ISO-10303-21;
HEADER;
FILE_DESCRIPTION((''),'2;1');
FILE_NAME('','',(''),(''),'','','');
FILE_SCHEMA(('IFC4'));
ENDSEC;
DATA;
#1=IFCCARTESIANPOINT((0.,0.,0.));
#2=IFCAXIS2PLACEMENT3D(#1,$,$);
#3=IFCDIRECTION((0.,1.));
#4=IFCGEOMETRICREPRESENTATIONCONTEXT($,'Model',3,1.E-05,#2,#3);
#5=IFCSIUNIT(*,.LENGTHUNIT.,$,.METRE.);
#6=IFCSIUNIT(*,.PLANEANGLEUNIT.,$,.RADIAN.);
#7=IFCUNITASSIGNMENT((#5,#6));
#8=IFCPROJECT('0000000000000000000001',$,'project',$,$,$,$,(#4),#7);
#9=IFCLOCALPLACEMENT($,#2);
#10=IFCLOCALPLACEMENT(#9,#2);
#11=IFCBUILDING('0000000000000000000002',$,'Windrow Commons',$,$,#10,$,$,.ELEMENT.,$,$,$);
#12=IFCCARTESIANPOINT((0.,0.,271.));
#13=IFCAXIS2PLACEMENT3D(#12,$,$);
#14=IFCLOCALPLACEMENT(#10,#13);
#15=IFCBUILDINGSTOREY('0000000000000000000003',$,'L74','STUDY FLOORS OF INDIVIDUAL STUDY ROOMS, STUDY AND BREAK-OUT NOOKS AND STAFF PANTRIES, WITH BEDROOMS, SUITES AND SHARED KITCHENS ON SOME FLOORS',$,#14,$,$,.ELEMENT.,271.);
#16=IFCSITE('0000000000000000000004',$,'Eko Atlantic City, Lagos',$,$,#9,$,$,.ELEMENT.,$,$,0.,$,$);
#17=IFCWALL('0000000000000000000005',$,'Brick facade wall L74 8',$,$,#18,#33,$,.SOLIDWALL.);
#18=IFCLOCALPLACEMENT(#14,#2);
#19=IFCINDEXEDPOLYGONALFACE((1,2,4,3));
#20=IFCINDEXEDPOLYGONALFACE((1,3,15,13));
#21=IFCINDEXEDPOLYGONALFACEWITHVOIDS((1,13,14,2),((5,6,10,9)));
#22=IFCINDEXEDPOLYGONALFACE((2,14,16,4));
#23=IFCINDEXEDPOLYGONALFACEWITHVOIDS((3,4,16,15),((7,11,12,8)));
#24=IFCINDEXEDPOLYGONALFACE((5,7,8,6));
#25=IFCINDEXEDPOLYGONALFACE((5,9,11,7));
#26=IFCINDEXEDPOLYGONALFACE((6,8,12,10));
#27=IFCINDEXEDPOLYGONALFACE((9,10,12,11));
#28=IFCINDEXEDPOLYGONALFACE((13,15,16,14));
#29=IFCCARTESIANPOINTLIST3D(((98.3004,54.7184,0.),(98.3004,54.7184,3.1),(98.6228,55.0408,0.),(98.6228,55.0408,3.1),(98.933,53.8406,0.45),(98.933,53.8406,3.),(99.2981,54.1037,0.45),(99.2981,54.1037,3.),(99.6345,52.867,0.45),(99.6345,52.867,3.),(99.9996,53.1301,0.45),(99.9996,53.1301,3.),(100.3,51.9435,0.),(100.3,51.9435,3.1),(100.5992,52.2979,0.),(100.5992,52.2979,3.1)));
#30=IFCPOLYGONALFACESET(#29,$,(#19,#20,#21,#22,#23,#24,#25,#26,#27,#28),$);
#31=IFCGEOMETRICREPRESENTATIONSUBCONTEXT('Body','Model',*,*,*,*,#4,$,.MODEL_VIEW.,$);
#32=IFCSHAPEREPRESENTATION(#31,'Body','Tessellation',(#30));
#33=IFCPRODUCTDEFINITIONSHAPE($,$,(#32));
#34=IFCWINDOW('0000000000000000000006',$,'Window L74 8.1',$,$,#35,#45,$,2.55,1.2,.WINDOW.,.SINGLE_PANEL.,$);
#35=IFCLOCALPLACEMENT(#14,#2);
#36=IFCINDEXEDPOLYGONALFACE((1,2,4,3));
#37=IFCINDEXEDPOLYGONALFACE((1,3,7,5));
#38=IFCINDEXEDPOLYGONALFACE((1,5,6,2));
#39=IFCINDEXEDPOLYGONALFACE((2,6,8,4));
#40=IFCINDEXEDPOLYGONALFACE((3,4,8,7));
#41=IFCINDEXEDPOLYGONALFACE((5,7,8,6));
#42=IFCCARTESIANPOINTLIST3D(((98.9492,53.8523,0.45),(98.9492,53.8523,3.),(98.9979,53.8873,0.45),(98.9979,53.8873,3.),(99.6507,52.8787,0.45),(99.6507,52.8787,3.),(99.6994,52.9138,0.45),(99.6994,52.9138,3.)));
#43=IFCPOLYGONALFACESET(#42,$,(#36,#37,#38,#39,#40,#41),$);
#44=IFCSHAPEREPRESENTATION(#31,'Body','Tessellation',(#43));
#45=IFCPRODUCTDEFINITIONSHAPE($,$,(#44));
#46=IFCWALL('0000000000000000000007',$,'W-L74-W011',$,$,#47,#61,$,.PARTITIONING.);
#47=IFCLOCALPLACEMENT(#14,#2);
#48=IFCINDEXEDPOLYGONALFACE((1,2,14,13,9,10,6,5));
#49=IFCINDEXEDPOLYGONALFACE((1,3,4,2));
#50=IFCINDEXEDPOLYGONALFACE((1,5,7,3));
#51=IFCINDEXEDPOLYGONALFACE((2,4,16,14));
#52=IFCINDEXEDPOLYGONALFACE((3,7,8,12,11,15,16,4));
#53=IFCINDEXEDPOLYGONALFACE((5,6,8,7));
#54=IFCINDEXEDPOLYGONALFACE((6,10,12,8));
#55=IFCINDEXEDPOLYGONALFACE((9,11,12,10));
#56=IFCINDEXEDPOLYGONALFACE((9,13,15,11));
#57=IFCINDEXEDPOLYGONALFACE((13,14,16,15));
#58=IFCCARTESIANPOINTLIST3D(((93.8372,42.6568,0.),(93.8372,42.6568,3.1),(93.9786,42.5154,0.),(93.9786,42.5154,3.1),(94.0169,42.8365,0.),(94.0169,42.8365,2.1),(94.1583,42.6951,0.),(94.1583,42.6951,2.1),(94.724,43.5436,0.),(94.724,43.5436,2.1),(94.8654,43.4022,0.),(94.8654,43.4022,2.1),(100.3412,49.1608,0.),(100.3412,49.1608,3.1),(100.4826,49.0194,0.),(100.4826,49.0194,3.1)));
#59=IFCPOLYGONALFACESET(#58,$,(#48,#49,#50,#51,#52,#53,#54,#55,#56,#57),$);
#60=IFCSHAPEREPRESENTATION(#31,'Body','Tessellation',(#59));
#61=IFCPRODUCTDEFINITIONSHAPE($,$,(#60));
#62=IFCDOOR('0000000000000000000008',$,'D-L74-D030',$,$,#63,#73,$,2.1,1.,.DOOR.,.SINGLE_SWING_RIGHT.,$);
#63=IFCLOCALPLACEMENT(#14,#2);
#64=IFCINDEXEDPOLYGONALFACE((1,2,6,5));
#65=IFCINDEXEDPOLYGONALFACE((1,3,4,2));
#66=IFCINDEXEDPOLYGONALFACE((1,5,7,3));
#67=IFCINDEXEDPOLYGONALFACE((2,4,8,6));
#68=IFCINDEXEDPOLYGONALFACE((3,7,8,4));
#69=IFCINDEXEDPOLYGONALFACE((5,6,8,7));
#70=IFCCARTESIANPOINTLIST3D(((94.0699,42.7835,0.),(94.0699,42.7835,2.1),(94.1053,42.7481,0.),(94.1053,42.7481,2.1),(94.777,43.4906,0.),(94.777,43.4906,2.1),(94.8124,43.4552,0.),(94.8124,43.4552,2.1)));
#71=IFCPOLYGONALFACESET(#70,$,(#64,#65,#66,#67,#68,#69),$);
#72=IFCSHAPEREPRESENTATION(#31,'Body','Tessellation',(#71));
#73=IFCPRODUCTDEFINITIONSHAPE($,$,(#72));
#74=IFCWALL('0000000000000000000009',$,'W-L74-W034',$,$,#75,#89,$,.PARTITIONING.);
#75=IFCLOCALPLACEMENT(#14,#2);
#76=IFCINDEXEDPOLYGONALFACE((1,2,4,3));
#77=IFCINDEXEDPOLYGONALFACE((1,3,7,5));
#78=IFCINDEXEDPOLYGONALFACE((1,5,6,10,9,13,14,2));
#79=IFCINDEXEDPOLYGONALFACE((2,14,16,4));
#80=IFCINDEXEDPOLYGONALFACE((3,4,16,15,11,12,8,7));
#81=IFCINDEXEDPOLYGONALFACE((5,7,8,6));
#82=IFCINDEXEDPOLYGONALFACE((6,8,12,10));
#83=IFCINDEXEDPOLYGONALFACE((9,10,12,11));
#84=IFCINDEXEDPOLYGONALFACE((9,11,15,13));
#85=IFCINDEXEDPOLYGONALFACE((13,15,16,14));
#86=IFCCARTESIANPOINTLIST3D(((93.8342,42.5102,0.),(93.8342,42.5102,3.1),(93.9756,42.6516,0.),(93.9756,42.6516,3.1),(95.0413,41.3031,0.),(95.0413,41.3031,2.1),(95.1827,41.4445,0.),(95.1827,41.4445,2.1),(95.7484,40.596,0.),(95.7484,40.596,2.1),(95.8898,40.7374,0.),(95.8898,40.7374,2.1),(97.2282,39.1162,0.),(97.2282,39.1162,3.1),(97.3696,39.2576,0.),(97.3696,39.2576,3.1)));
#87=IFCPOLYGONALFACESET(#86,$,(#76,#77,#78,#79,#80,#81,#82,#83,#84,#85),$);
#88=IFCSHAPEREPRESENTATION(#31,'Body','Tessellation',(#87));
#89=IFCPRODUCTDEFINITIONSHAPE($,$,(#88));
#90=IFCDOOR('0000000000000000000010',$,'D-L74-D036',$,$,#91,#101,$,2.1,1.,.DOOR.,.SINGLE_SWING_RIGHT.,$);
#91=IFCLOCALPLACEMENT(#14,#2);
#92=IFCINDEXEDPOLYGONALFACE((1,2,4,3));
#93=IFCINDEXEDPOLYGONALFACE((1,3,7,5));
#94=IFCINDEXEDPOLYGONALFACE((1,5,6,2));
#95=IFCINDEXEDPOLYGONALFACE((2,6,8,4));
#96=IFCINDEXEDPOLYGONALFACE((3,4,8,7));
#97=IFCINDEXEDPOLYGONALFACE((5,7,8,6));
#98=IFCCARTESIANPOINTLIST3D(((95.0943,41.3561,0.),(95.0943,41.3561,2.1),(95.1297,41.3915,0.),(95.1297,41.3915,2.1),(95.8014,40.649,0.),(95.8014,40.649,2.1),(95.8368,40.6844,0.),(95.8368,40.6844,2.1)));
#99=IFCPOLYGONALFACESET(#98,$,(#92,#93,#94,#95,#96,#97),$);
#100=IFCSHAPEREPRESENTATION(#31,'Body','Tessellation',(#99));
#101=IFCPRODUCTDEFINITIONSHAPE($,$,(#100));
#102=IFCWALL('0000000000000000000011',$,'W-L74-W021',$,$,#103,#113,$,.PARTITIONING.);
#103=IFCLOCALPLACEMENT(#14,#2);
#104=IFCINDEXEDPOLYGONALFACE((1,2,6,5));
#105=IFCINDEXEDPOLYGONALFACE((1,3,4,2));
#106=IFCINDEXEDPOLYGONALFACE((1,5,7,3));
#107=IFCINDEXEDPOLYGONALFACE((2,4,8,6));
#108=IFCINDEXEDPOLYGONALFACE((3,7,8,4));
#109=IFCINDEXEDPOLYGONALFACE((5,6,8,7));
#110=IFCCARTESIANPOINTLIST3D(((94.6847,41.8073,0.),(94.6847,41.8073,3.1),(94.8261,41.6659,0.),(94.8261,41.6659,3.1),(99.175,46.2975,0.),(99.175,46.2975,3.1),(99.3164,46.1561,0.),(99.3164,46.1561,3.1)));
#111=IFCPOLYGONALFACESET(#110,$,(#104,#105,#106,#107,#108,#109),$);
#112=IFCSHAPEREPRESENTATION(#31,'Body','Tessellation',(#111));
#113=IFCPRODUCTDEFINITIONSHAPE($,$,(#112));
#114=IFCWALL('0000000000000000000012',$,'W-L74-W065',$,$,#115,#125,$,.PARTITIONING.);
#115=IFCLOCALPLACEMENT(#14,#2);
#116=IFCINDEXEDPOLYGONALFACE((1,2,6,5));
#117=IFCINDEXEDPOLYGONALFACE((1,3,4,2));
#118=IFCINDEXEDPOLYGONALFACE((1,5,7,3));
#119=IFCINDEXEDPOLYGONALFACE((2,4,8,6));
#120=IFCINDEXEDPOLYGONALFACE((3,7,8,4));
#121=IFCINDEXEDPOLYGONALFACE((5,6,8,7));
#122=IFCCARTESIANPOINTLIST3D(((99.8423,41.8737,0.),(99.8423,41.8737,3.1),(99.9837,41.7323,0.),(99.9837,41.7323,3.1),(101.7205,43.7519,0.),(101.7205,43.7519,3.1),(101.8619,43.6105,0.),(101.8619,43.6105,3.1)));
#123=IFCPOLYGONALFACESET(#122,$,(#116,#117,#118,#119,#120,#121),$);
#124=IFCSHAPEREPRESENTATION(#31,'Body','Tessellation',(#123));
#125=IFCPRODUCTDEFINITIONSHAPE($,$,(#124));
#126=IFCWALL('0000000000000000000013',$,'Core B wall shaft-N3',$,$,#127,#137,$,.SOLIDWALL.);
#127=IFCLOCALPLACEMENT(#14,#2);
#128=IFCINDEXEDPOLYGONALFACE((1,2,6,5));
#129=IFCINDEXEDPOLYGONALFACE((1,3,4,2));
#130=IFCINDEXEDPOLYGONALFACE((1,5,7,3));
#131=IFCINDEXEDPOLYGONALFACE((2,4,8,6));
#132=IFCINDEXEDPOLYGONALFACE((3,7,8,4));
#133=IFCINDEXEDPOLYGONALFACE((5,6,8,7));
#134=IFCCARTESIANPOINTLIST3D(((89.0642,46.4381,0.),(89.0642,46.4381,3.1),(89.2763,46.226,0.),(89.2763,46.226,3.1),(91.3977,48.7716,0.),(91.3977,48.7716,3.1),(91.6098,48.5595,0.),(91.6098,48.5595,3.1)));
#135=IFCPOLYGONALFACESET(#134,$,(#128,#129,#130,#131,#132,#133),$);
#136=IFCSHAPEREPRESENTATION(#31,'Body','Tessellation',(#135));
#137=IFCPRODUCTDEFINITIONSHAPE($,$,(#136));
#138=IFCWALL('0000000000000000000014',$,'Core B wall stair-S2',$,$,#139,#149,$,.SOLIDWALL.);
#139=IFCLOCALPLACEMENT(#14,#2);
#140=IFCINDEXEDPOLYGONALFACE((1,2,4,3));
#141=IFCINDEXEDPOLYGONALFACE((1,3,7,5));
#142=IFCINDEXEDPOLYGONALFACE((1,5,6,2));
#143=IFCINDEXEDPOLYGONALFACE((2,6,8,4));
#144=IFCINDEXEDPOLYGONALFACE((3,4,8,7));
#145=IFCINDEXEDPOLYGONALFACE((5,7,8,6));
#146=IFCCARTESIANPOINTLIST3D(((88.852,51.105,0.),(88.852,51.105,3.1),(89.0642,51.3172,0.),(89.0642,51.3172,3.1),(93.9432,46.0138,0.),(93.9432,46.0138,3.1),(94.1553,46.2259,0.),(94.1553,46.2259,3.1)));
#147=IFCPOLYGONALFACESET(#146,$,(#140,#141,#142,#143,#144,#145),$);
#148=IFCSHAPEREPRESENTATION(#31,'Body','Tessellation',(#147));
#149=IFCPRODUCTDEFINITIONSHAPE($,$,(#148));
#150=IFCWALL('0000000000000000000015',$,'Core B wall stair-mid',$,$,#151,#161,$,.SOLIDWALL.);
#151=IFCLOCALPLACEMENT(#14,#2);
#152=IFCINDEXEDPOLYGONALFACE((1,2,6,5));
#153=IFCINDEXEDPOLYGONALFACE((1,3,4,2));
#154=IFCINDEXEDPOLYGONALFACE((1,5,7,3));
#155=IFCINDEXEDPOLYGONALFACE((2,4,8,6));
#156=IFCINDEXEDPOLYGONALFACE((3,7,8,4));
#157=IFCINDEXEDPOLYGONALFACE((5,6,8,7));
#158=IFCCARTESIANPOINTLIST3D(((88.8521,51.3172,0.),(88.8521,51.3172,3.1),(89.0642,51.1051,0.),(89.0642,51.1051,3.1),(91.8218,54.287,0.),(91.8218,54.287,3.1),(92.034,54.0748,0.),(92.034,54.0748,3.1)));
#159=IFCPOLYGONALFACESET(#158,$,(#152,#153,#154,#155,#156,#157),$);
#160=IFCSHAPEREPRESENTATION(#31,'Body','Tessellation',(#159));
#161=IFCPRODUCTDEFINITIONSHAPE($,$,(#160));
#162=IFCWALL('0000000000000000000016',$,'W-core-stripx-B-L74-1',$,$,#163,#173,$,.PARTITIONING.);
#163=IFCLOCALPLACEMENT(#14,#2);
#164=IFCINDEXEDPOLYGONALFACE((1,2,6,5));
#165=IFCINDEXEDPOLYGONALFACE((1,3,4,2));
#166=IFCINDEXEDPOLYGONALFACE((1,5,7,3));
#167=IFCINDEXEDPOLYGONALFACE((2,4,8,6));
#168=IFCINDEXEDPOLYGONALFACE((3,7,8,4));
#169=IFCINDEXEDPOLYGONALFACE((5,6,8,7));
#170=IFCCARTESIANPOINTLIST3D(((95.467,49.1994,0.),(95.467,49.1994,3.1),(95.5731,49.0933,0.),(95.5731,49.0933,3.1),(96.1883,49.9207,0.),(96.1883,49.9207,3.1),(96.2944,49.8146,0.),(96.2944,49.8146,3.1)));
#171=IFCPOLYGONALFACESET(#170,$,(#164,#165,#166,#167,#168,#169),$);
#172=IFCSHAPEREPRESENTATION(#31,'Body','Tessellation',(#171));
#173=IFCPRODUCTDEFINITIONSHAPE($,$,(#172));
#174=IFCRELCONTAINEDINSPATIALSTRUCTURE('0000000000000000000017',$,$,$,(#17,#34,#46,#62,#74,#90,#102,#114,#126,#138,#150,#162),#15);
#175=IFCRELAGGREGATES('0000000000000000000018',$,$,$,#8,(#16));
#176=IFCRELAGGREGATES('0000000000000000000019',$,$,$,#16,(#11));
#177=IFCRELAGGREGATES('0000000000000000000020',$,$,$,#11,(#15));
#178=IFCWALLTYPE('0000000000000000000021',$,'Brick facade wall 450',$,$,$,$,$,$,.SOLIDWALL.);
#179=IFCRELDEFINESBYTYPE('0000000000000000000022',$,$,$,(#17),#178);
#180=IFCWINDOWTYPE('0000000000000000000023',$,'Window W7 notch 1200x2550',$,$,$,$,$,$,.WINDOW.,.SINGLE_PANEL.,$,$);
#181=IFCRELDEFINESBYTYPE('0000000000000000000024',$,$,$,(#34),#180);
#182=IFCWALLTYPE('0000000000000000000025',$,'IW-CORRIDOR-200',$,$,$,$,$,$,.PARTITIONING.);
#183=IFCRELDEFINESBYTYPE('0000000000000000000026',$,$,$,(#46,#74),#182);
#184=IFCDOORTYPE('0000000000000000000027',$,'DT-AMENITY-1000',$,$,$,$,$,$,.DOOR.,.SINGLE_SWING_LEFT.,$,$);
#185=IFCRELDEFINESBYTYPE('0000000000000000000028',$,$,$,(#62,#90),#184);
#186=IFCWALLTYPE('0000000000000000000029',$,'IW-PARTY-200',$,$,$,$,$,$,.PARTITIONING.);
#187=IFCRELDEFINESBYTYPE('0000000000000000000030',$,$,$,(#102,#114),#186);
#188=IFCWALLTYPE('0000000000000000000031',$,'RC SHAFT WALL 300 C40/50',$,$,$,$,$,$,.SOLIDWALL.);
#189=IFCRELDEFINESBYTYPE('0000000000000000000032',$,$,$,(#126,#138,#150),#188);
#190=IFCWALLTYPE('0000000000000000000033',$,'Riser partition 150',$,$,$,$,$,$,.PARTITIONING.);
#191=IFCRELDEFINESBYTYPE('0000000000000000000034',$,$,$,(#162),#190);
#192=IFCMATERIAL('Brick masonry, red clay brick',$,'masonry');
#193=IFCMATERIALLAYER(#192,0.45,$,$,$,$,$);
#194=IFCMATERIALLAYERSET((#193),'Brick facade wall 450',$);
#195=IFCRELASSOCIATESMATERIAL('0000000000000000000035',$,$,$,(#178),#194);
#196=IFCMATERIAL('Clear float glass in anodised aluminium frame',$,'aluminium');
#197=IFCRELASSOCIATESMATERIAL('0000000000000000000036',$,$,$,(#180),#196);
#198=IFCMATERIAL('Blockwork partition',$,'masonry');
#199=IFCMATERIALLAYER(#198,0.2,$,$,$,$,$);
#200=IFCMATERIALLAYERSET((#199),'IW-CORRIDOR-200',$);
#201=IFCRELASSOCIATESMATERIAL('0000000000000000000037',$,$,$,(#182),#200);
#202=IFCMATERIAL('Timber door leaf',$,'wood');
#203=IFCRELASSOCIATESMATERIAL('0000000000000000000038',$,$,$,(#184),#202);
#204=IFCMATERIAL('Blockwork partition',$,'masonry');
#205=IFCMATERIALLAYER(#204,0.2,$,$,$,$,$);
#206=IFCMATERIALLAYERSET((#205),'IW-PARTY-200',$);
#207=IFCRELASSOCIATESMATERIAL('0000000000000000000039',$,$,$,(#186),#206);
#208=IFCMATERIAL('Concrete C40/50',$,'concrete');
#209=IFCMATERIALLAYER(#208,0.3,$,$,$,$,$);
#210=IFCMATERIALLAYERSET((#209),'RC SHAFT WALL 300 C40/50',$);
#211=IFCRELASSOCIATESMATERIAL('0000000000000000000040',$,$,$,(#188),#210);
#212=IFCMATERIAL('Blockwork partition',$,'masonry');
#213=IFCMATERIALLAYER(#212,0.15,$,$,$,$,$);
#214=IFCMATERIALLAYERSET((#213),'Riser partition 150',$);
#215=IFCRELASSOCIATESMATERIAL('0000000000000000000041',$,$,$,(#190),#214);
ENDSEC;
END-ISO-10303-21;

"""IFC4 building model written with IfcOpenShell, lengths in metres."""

from ifc_helpers import new_model, si_unit, direction, frame, frame_2d, origin, place, context, subcontext, project, spatial, polyline, rectangle, outline, extrude, material, layer, layer_set, type_object, element, fill, save


model = new_model("IFC4")

# Units and contexts
model_context = context("Model", 3, precision=1e-05, world=origin(), true_north=direction((0.0, 1.0)))
body_context = subcontext(model_context, "Body", "Model", "MODEL_VIEW")
ifc_project = project(units=[si_unit("LENGTHUNIT", "METRE"), si_unit("PLANEANGLEUNIT", "RADIAN")], contexts=[model_context])

# Site, building, storey
site_placement = place(None, origin())
site = spatial("IfcSite", under=ifc_project, at=site_placement, Name="Eko Atlantic City, Lagos", CompositionType="ELEMENT", RefElevation=0.0)
building_placement = place(site_placement, origin())
building = spatial("IfcBuilding", under=site, at=building_placement, Name="Windrow Commons", CompositionType="ELEMENT")
storey_placement = place(building_placement, frame((0.0, 0.0, 271.0)))
storey = spatial("IfcBuildingStorey", under=building, at=storey_placement, Name="L74", Description="STUDY FLOORS OF INDIVIDUAL STUDY ROOMS, STUDY AND BREAK-OUT NOOKS AND STAFF PANTRIES, WITH BEDROOMS, SUITES AND SHARED KITCHENS ON SOME FLOORS", CompositionType="ELEMENT", Elevation=271.0)

# Shared definitions
ifc_material_1 = material(Name="Brick masonry, red clay brick", Category="masonry")
ifc_layer_1 = layer(ifc_material_1, 0.45)
ifc_layer_set_1 = layer_set([ifc_layer_1], Name="Brick facade wall 450")
wall_type_1 = type_object("IfcWallType", Name="Brick facade wall 450", PredefinedType="SOLIDWALL", material=ifc_layer_set_1)

# Wall, opening, window
ifc_material_2 = material(Name="Clear float glass in anodised aluminium frame", Category="aluminium")
window_type_1 = type_object("IfcWindowType", Name="Window W7 notch 1200x2550", PartitioningType="SINGLE_PANEL", PredefinedType="WINDOW", material=ifc_material_2)
wall_1_placement = place(storey_placement, frame((100.4496, 52.1207, 0.0), z_axis=(0.0, 0.0, 1.0), x_axis=(-0.584613, 0.811312, 0.0)))
wall_1 = element("IfcWall", 1, at=wall_1_placement, inside=storey, type_object=wall_type_1, Name="Brick facade wall L74 8", PredefinedType="SOLIDWALL", context=body_context, shape_type="SweptSolid", body=[
    extrude(outline(polyline([(0.0563, -0.225), (3.4371, -0.225), (3.364, 0.225), (-0.0563, 0.225), (0.0563, -0.225)])), origin(), (0.0, 0.0, 1.0), 3.1),
])
opening_1_placement = place(wall_1_placement, frame((1.082, 0.0, 0.45)))
opening_1 = element("IfcOpeningElement", 2, at=opening_1_placement, cuts=wall_1, PredefinedType="OPENING", context=body_context, shape_type="SweptSolid", body=[
    extrude(rectangle(XDim=1.2, YDim=2.55, at=frame_2d((0.6, 1.275))), frame((0.0, 0.235, 0.0), z_axis=(0.0, -1.0, 0.0), x_axis=(1.0, 0.0, 0.0)), (0.0, 0.0, 1.0), 0.47),
])
window_1_placement = place(opening_1_placement, origin())
window_1 = element("IfcWindow", 3, at=window_1_placement, inside=storey, type_object=window_type_1, Name="Window L74 8.1", OverallHeight=2.55, OverallWidth=1.2, PartitioningType="SINGLE_PANEL", PredefinedType="WINDOW", context=body_context, shape_type="SweptSolid", body=[
    extrude(rectangle(XDim=1.2, YDim=2.55, at=frame_2d((0.6, 1.275))), frame((0.0, 0.205, 0.0), z_axis=(0.0, -1.0, 0.0), x_axis=(1.0, 0.0, 0.0)), (0.0, 0.0, 1.0), 0.06),
])
fill(opening_1, window_1)

# Walls, openings, doors
ifc_material_3 = material(Name="Blockwork partition", Category="masonry")
ifc_layer_2 = layer(ifc_material_3, 0.2)
ifc_layer_set_2 = layer_set([ifc_layer_2], Name="IW-CORRIDOR-200")
wall_type_2 = type_object("IfcWallType", Name="IW-CORRIDOR-200", PredefinedType="PARTITIONING", material=ifc_layer_set_2)
wall_2_placement = place(storey_placement, frame((93.9079, 42.5861, 0.0), z_axis=(0.0, 0.0, 1.0), x_axis=(0.707107, 0.707107, 0.0)))
wall_2 = element("IfcWall", 4, at=wall_2_placement, inside=storey, type_object=wall_type_2, Name="W-L74-W011", PredefinedType="PARTITIONING", context=body_context, shape_type="SweptSolid", body=[
    extrude(rectangle(XDim=9.198, YDim=0.2, at=frame_2d((4.599, 0.0))), origin(), (0.0, 0.0, 1.0), 3.1),
])
opening_2_placement = place(wall_2_placement, frame((0.2541, 0.0, 0.0)))
opening_2 = element("IfcOpeningElement", 5, at=opening_2_placement, cuts=wall_2, PredefinedType="OPENING", context=body_context, shape_type="SweptSolid", body=[
    extrude(rectangle(XDim=1.0, YDim=2.1, at=frame_2d((0.5, 1.05))), frame((0.0, 0.11, 0.0), z_axis=(0.0, -1.0, 0.0), x_axis=(1.0, 0.0, 0.0)), (0.0, 0.0, 1.0), 0.22),
])
ifc_material_4 = material(Name="Timber door leaf", Category="wood")
door_type = type_object("IfcDoorType", Name="DT-AMENITY-1000", OperationType="SINGLE_SWING_LEFT", PredefinedType="DOOR", material=ifc_material_4)
door_1_placement = place(opening_2_placement, origin())
door_1 = element("IfcDoor", 6, at=door_1_placement, inside=storey, type_object=door_type, Name="D-L74-D030", OperationType="SINGLE_SWING_RIGHT", OverallHeight=2.1, OverallWidth=1.0, PredefinedType="DOOR", context=body_context, shape_type="SweptSolid", body=[
    extrude(rectangle(XDim=1.0, YDim=2.1, at=frame_2d((0.5, 1.05))), frame((0.0, 0.025, 0.0), z_axis=(0.0, -1.0, 0.0), x_axis=(1.0, 0.0, 0.0)), (0.0, 0.0, 1.0), 0.05),
])
fill(opening_2, door_1)
wall_3_placement = place(storey_placement, frame((93.9049, 42.5809, 0.0), z_axis=(0.0, 0.0, 1.0), x_axis=(0.707107, -0.707107, 0.0)))
wall_3 = element("IfcWall", 7, at=wall_3_placement, inside=storey, type_object=wall_type_2, Name="W-L74-W034", PredefinedType="PARTITIONING", context=body_context, shape_type="SweptSolid", body=[
    extrude(rectangle(XDim=4.7998, YDim=0.2, at=frame_2d((2.3999, 0.0))), origin(), (0.0, 0.0, 1.0), 3.1),
])
opening_3_placement = place(wall_3_placement, frame((1.7071, 0.0, 0.0)))
opening_3 = element("IfcOpeningElement", 8, at=opening_3_placement, cuts=wall_3, PredefinedType="OPENING", context=body_context, shape_type="SweptSolid", body=[
    extrude(rectangle(XDim=1.0, YDim=2.1, at=frame_2d((0.5, 1.05))), frame((0.0, 0.11, 0.0), z_axis=(0.0, -1.0, 0.0), x_axis=(1.0, 0.0, 0.0)), (0.0, 0.0, 1.0), 0.22),
])
door_2_placement = place(opening_3_placement, origin())
door_2 = element("IfcDoor", 9, at=door_2_placement, inside=storey, type_object=door_type, Name="D-L74-D036", OperationType="SINGLE_SWING_RIGHT", OverallHeight=2.1, OverallWidth=1.0, PredefinedType="DOOR", context=body_context, shape_type="SweptSolid", body=[
    extrude(rectangle(XDim=1.0, YDim=2.1, at=frame_2d((0.5, 1.05))), frame((0.0, 0.025, 0.0), z_axis=(0.0, -1.0, 0.0), x_axis=(1.0, 0.0, 0.0)), (0.0, 0.0, 1.0), 0.05),
])
fill(opening_3, door_2)

# Walls
ifc_material_5 = material(Name="Blockwork partition", Category="masonry")
ifc_layer_3 = layer(ifc_material_5, 0.2)
ifc_layer_set_3 = layer_set([ifc_layer_3], Name="IW-PARTY-200")
wall_type_3 = type_object("IfcWallType", Name="IW-PARTY-200", PredefinedType="PARTITIONING", material=ifc_layer_set_3)
wall_4_placement = place(storey_placement, frame((94.7554, 41.7366, 0.0), z_axis=(0.0, 0.0, 1.0), x_axis=(0.707115, 0.707099, 0.0)))
element("IfcWall", 10, at=wall_4_placement, inside=storey, type_object=wall_type_3, Name="W-L74-W021", PredefinedType="PARTITIONING", context=body_context, shape_type="SweptSolid", body=[
    extrude(rectangle(XDim=6.3502, YDim=0.2, at=frame_2d((3.1751, 0.0))), origin(), (0.0, 0.0, 1.0), 3.1),
])
wall_5_placement = place(storey_placement, frame((99.913, 41.803, 0.0), z_axis=(0.0, 0.0, 1.0), x_axis=(0.707107, 0.707107, 0.0)))
element("IfcWall", 11, at=wall_5_placement, inside=storey, type_object=wall_type_3, Name="W-L74-W065", PredefinedType="PARTITIONING", context=body_context, shape_type="SweptSolid", body=[
    extrude(rectangle(XDim=2.6562, YDim=0.2, at=frame_2d((1.3281, 0.0))), origin(), (0.0, 0.0, 1.0), 3.1),
])
ifc_material_6 = material(Name="Concrete C40/50", Category="concrete")
ifc_layer_4 = layer(ifc_material_6, 0.3)
ifc_layer_set_4 = layer_set([ifc_layer_4], Name="RC SHAFT WALL 300 C40/50")
wall_type_4 = type_object("IfcWallType", Name="RC SHAFT WALL 300 C40/50", PredefinedType="SOLIDWALL", material=ifc_layer_set_4)
wall_6_placement = place(storey_placement, frame((89.1702, 46.332, 0.0), z_axis=(0.0, 0.0, 1.0), x_axis=(0.707107, 0.707107, 0.0)))
element("IfcWall", 12, at=wall_6_placement, inside=storey, type_object=wall_type_4, Name="Core B wall shaft-N3", PredefinedType="SOLIDWALL", context=body_context, shape_type="SweptSolid", body=[
    extrude(rectangle(XDim=3.3001, YDim=0.3, at=frame_2d((1.6501, 0.0))), origin(), (0.0, 0.0, 1.0), 3.1),
])
wall_7_placement = place(storey_placement, frame((88.9581, 51.2111, 0.0), z_axis=(0.0, 0.0, 1.0), x_axis=(0.7071, -0.707114, 0.0)))
element("IfcWall", 13, at=wall_7_placement, inside=storey, type_object=wall_type_4, Name="Core B wall stair-S2", PredefinedType="SOLIDWALL", context=body_context, shape_type="SweptSolid", body=[
    extrude(rectangle(XDim=7.2, YDim=0.3, at=frame_2d((3.6, 0.0))), origin(), (0.0, 0.0, 1.0), 3.1),
])
wall_8_placement = place(storey_placement, frame((88.9581, 51.2111, 0.0), z_axis=(0.0, 0.0, 1.0), x_axis=(0.707107, 0.707107, 0.0)))
element("IfcWall", 14, at=wall_8_placement, inside=storey, type_object=wall_type_4, Name="Core B wall stair-mid", PredefinedType="SOLIDWALL", context=body_context, shape_type="SweptSolid", body=[
    extrude(rectangle(XDim=4.1999, YDim=0.3, at=frame_2d((2.1, 0.0))), origin(), (0.0, 0.0, 1.0), 3.1),
])
ifc_material_7 = material(Name="Blockwork partition", Category="masonry")
ifc_layer_5 = layer(ifc_material_7, 0.15)
ifc_layer_set_5 = layer_set([ifc_layer_5], Name="Riser partition 150")
wall_type_5 = type_object("IfcWallType", Name="Riser partition 150", PredefinedType="PARTITIONING", material=ifc_layer_set_5)
wall_9_placement = place(storey_placement, frame((95.52, 49.1463, 0.0), z_axis=(0.0, 0.0, 1.0), x_axis=(0.707107, 0.707107, 0.0)))
element("IfcWall", 15, at=wall_9_placement, inside=storey, type_object=wall_type_5, Name="W-core-stripx-B-L74-1", PredefinedType="PARTITIONING", context=body_context, shape_type="SweptSolid", body=[
    extrude(rectangle(XDim=1.0201, YDim=0.15, at=frame_2d((0.5101, 0.0))), origin(), (0.0, 0.0, 1.0), 3.1),
])

save(model, "model.ifc")
